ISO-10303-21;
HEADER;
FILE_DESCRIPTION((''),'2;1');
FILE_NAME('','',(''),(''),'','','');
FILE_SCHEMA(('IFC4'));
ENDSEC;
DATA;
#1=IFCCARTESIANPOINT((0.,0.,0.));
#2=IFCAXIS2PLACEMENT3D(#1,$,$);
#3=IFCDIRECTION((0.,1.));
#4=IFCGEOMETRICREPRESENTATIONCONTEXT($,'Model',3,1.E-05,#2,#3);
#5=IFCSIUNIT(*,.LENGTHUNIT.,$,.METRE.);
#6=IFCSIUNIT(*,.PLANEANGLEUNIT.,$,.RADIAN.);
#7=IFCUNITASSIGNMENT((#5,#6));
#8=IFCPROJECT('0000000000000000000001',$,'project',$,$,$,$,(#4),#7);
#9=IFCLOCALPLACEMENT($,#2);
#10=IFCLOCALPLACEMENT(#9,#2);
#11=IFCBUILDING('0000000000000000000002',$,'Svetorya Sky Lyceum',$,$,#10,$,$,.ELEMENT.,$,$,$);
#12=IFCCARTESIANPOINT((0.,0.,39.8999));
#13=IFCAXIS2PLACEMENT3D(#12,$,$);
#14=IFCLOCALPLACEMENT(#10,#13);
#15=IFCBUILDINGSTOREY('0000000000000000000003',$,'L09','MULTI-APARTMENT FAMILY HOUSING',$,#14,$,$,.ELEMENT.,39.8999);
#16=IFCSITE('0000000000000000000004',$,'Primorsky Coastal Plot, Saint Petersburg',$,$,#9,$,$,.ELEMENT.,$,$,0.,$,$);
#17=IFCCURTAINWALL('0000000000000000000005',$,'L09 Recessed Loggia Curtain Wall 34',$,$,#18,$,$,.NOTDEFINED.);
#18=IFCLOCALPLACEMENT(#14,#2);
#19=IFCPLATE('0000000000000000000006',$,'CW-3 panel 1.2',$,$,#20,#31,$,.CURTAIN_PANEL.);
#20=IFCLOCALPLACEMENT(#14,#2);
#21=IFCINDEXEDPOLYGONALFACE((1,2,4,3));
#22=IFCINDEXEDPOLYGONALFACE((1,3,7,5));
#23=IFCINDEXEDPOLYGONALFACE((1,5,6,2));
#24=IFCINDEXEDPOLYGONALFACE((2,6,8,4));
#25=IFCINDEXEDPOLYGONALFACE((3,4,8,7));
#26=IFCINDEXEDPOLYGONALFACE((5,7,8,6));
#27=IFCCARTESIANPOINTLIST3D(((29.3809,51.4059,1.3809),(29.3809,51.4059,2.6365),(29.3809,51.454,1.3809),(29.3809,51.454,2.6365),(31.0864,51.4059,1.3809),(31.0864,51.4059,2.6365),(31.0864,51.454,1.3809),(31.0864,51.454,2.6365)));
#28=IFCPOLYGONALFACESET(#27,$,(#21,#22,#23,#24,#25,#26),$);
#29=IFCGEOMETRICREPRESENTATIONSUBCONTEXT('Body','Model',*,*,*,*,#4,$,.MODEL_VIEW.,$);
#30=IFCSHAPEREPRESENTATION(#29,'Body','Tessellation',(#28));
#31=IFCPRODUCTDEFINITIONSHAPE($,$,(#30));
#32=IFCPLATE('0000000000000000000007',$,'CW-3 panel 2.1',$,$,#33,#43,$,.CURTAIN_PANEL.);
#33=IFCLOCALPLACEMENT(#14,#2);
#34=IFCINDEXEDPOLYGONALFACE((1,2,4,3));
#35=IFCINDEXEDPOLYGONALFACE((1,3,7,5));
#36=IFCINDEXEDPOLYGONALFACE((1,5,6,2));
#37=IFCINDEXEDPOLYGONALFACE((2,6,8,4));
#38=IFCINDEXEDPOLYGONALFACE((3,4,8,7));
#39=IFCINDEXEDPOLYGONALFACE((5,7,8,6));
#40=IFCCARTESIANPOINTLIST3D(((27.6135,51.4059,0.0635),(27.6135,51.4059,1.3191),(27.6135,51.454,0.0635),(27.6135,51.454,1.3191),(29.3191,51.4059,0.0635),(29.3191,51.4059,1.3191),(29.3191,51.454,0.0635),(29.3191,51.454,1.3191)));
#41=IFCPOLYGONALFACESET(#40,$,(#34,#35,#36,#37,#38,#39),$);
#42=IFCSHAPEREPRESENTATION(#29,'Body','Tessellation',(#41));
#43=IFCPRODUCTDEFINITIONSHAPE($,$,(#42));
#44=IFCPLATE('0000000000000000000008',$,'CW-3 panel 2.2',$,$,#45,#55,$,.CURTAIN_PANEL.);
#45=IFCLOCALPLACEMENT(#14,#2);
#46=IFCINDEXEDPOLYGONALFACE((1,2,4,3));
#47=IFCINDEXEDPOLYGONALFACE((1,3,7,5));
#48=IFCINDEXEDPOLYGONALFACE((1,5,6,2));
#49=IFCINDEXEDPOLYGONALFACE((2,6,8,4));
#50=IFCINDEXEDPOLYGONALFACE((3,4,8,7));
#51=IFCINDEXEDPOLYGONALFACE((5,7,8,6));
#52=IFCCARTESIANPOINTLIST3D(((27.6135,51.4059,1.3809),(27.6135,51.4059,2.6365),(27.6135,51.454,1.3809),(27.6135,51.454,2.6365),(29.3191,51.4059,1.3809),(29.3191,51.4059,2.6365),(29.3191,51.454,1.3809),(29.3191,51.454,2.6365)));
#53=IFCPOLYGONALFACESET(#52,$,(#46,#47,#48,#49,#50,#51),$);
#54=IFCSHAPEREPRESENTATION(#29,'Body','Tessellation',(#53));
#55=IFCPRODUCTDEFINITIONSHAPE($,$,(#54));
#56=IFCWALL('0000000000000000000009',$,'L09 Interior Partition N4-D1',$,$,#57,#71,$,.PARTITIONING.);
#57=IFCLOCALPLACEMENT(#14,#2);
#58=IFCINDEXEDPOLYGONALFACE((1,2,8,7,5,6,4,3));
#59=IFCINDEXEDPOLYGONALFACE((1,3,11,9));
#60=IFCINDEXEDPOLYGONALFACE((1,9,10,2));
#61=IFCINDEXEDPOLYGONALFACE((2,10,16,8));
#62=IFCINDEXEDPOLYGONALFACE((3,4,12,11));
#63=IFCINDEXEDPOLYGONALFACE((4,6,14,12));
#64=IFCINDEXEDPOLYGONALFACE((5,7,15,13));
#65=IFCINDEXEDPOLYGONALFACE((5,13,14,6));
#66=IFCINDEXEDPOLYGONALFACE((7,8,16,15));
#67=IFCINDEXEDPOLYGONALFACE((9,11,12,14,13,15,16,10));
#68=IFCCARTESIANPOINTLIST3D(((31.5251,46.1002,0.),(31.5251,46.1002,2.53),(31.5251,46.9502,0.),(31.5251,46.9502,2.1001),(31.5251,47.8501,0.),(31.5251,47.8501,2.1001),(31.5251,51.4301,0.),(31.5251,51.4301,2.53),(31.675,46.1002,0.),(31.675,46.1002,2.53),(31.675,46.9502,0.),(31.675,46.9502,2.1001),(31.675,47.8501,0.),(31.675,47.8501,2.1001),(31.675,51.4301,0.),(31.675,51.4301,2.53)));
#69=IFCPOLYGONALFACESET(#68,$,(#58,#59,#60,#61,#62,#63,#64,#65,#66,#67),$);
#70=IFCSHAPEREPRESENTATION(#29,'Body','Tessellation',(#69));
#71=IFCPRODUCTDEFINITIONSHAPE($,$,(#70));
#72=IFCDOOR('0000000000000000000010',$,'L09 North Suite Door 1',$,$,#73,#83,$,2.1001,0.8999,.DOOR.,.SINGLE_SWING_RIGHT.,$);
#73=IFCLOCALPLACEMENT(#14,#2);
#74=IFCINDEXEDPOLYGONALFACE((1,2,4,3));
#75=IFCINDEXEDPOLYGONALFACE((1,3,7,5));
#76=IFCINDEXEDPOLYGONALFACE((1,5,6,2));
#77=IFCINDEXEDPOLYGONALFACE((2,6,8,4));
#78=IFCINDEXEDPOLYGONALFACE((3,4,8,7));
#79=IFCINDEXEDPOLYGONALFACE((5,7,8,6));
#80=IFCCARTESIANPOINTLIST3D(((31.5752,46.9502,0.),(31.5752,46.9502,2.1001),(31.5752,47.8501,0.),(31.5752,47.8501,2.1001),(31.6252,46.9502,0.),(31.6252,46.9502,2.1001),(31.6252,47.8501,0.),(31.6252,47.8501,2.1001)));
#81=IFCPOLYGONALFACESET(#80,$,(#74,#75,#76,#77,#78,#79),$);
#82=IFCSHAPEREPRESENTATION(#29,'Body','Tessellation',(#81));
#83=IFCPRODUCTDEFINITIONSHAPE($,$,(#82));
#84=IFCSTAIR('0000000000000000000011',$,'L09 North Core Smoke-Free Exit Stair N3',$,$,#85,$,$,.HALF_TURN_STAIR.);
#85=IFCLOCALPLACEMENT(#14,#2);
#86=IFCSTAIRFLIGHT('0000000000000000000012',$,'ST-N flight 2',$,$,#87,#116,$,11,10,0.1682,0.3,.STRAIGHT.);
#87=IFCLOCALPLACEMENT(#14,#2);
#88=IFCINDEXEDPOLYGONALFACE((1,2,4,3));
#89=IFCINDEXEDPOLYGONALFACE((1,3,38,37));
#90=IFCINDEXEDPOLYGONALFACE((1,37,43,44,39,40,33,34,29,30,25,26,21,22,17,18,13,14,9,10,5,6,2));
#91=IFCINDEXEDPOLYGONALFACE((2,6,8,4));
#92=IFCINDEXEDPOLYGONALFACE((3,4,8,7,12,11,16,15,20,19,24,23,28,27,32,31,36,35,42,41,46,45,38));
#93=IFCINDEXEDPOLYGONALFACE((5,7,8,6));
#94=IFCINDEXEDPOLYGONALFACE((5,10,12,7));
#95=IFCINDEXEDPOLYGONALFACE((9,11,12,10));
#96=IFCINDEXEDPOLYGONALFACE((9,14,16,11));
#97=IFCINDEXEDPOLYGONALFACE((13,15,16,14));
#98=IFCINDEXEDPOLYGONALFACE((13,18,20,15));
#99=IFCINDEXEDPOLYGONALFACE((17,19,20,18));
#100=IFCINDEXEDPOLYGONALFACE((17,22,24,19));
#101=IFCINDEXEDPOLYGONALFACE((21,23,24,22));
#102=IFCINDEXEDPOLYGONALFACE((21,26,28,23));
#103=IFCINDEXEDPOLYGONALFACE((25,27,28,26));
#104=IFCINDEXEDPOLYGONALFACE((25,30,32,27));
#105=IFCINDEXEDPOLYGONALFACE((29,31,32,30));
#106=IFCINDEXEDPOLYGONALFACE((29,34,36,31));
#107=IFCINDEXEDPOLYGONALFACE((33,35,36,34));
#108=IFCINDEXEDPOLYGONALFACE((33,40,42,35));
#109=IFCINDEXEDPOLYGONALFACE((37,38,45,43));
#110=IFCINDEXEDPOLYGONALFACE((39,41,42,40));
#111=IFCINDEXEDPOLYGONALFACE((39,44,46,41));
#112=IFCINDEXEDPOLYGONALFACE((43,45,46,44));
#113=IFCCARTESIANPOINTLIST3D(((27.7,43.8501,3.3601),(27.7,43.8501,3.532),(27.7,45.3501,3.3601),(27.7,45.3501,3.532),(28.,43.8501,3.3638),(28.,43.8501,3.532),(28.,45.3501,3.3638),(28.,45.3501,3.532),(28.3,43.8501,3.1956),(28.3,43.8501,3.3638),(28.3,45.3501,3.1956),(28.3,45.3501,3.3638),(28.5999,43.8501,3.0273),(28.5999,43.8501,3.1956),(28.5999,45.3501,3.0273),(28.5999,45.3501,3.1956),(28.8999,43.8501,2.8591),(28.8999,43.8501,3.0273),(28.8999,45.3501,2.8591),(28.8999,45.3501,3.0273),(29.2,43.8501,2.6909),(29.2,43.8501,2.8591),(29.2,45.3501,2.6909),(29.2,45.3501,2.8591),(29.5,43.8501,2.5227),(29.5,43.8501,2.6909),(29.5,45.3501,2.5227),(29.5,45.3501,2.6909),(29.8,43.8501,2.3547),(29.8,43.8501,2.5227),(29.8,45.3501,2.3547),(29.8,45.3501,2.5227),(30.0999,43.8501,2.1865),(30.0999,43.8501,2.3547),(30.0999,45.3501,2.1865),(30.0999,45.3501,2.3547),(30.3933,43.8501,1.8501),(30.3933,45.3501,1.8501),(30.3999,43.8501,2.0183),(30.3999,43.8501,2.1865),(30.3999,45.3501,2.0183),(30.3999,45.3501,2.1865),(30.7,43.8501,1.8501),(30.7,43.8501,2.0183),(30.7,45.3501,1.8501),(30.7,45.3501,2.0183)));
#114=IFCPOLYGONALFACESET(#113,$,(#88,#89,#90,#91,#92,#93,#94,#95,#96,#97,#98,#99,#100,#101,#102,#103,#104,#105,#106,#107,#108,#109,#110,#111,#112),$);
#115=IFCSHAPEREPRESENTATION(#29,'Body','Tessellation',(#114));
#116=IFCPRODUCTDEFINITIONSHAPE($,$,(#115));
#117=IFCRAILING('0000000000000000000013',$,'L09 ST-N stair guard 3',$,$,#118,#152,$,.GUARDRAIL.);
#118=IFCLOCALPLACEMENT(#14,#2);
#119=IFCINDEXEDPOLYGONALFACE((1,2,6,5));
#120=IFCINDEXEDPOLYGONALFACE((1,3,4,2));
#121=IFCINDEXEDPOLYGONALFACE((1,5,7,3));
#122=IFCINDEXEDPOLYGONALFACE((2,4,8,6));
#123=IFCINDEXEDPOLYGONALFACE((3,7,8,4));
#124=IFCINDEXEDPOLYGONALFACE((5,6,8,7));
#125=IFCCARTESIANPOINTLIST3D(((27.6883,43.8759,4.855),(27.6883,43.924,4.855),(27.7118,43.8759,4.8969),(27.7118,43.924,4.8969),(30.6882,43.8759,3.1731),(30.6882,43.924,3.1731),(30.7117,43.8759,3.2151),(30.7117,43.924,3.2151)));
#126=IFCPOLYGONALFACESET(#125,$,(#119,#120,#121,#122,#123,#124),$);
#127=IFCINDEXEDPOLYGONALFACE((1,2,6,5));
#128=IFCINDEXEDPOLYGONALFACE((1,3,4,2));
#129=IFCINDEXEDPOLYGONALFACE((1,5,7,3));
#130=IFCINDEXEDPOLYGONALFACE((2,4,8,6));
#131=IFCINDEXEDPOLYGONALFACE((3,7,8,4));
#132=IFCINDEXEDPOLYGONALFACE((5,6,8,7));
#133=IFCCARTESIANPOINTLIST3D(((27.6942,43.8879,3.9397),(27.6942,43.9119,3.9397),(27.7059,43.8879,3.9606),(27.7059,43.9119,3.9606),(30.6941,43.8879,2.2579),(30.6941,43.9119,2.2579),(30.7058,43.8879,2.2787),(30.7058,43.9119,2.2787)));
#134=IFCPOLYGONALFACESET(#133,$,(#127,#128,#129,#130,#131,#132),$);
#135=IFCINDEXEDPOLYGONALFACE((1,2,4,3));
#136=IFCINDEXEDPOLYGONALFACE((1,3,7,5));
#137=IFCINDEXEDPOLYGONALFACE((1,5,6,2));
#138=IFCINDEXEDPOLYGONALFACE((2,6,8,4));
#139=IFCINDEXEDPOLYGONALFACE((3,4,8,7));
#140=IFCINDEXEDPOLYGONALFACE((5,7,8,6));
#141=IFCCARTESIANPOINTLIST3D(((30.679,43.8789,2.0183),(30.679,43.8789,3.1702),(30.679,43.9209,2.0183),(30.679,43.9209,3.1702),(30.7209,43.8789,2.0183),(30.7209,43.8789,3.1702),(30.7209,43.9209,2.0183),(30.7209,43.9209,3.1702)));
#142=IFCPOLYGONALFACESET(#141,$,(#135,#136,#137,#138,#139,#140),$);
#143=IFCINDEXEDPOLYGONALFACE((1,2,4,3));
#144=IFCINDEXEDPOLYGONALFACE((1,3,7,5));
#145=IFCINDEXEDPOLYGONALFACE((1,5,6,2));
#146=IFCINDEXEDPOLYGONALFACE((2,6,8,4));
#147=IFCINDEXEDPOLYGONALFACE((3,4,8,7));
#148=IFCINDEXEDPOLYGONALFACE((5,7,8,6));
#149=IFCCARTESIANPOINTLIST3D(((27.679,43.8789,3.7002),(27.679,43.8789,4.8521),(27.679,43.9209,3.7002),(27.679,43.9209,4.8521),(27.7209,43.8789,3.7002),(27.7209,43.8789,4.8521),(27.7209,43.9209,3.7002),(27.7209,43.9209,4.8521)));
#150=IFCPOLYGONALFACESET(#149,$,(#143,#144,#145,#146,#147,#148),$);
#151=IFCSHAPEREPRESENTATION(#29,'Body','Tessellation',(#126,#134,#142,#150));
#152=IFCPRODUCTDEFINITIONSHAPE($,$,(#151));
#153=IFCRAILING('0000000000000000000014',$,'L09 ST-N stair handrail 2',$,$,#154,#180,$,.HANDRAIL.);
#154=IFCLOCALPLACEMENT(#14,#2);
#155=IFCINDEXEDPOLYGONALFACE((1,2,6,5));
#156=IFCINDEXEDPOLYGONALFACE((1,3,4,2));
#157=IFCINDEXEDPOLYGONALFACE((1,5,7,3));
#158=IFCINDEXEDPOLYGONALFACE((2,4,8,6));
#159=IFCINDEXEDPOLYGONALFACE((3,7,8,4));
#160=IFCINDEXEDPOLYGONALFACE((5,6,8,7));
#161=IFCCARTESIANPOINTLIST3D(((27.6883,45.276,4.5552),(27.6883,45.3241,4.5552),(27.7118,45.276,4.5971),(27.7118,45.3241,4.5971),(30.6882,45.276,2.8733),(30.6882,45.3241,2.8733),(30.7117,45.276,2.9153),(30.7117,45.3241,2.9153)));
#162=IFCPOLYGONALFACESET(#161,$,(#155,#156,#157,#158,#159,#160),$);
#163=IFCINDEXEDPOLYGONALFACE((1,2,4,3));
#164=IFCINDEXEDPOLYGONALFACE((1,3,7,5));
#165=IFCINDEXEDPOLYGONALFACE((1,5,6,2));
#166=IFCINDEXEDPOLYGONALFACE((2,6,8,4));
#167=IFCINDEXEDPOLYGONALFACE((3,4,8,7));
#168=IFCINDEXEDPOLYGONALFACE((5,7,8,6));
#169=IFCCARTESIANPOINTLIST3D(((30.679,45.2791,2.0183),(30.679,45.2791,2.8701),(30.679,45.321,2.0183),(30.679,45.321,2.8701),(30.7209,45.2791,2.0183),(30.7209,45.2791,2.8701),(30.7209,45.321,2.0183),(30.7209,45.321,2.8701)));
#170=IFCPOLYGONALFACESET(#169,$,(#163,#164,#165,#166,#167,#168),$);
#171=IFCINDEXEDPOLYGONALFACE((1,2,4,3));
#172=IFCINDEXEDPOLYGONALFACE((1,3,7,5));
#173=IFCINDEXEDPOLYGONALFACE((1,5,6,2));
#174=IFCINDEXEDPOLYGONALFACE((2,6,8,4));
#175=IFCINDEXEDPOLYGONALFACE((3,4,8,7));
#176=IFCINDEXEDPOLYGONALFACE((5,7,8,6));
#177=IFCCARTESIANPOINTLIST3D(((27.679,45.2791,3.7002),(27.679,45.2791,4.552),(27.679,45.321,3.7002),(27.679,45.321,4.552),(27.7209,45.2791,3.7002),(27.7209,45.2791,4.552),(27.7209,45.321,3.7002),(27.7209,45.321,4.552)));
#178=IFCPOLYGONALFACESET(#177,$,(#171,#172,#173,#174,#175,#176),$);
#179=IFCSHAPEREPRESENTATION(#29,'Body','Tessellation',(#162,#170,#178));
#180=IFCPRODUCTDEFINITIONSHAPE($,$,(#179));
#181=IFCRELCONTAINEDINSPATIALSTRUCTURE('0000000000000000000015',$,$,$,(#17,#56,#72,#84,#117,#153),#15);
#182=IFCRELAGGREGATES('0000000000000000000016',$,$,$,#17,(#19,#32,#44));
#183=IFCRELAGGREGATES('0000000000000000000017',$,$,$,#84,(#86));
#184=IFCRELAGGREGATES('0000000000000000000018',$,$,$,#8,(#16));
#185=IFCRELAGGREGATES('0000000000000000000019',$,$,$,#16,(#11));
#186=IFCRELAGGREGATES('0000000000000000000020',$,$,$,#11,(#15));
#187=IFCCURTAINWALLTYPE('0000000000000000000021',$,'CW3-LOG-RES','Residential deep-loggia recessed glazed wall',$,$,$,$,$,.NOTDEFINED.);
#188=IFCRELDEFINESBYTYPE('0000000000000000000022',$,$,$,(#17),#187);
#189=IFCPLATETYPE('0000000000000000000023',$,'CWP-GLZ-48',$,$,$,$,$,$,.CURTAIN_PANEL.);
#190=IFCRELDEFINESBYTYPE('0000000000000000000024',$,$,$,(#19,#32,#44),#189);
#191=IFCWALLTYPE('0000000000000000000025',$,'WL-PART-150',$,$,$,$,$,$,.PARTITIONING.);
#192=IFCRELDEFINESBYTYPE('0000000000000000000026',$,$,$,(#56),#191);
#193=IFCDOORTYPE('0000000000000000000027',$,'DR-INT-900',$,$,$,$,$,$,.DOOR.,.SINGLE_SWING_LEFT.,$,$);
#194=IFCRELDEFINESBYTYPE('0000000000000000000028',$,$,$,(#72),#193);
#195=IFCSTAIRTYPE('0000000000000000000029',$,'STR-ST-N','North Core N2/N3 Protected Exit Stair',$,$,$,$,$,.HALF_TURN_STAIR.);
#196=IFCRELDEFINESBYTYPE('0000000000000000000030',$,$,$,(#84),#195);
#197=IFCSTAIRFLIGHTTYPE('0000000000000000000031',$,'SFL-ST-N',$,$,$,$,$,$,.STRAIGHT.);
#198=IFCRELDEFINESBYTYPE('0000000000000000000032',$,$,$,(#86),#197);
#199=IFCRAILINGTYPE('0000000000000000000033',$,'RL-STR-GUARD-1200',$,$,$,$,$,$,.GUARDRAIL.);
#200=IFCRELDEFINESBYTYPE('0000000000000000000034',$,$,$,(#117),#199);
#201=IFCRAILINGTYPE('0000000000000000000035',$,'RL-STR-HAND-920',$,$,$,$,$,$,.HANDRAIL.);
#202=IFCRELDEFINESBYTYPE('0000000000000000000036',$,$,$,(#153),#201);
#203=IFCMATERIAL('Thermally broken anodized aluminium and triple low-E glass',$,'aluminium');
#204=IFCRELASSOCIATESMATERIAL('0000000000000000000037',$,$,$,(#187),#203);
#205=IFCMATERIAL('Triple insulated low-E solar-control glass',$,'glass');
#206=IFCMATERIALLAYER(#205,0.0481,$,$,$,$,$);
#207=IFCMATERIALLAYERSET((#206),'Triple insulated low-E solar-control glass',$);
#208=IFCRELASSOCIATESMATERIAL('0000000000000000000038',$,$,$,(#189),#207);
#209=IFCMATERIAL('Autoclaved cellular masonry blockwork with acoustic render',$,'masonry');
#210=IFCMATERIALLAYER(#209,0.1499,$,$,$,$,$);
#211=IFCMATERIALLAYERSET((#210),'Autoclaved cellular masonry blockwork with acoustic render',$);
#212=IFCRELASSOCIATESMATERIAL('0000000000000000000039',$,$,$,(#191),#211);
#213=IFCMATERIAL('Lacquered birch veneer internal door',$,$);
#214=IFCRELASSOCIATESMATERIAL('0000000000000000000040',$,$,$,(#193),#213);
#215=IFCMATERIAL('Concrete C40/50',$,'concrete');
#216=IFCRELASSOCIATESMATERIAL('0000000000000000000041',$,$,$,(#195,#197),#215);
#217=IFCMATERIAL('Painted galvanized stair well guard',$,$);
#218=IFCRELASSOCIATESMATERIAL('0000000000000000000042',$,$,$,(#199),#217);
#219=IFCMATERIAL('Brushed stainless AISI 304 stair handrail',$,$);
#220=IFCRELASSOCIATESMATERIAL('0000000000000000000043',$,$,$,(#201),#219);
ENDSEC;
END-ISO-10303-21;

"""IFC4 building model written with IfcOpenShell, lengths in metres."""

from ifc_helpers import new_model, si_unit, direction, frame, frame_2d, origin, origin_2d, place, context, subcontext, project, spatial, polyline, rectangle, outline, extrude, material, layer, layer_set, type_object, element, fill, aggregate, save


model = new_model("IFC4")

# Units and contexts
model_context = context("Model", 3, precision=1e-05, world=origin(), true_north=direction((0.0, 1.0)))
body_context = subcontext(model_context, "Body", "Model", "MODEL_VIEW")
ifc_project = project(units=[si_unit("LENGTHUNIT", "METRE"), si_unit("PLANEANGLEUNIT", "RADIAN")], contexts=[model_context])

# Site, building, storey
site_placement = place(None, origin())
site = spatial("IfcSite", under=ifc_project, at=site_placement, Name="Primorsky Coastal Plot, Saint Petersburg", CompositionType="ELEMENT", RefElevation=0.0)
building_placement = place(site_placement, origin())
building = spatial("IfcBuilding", under=site, at=building_placement, Name="Svetorya Sky Lyceum", CompositionType="ELEMENT")
storey_placement = place(building_placement, frame((0.0, 0.0, 39.8999)))
storey = spatial("IfcBuildingStorey", under=building, at=storey_placement, Name="L09", Description="MULTI-APARTMENT FAMILY HOUSING", CompositionType="ELEMENT", Elevation=39.8999)

# Curtain wall, plates
ifc_material_1 = material(Name="Thermally broken anodized aluminium and triple low-E glass", Category="aluminium")
curtain_wall_type = type_object("IfcCurtainWallType", Name="CW3-LOG-RES", Description="Residential deep-loggia recessed glazed wall", PredefinedType="NOTDEFINED", material=ifc_material_1)
curtain_wall_placement = place(storey_placement, origin())
curtain_wall = element("IfcCurtainWall", 1, at=curtain_wall_placement, inside=storey, type_object=curtain_wall_type, Name="L09 Recessed Loggia Curtain Wall 34", PredefinedType="NOTDEFINED")
ifc_material_2 = material(Name="Triple insulated low-E solar-control glass", Category="glass")
ifc_layer_1 = layer(ifc_material_2, 0.0481)
ifc_layer_set_1 = layer_set([ifc_layer_1], Name="Triple insulated low-E solar-control glass")
plate_type = type_object("IfcPlateType", Name="CWP-GLZ-48", PredefinedType="CURTAIN_PANEL", material=ifc_layer_set_1)
plate_1_placement = place(storey_placement, frame((30.2336, 51.4299, 1.3809), z_axis=(0.0, 0.0, 1.0), x_axis=(-1.0, 0.0, 0.0)))
plate_1 = element("IfcPlate", 2, at=plate_1_placement, type_object=plate_type, Name="CW-3 panel 1.2", PredefinedType="CURTAIN_PANEL", context=body_context, shape_type="SweptSolid", body=[
    extrude(rectangle(XDim=1.7056, YDim=0.0481, at=origin_2d()), origin(), (0.0, 0.0, 1.0), 1.2556),
])
plate_2_placement = place(storey_placement, frame((28.4663, 51.4299, 0.0635), z_axis=(0.0, 0.0, 1.0), x_axis=(-1.0, 0.0, 0.0)))
plate_2 = element("IfcPlate", 3, at=plate_2_placement, type_object=plate_type, Name="CW-3 panel 2.1", PredefinedType="CURTAIN_PANEL", context=body_context, shape_type="SweptSolid", body=[
    extrude(rectangle(XDim=1.7056, YDim=0.0481, at=origin_2d()), origin(), (0.0, 0.0, 1.0), 1.2556),
])
plate_3_placement = place(storey_placement, frame((28.4663, 51.4299, 1.3809), z_axis=(0.0, 0.0, 1.0), x_axis=(-1.0, 0.0, 0.0)))
plate_3 = element("IfcPlate", 4, at=plate_3_placement, type_object=plate_type, Name="CW-3 panel 2.2", PredefinedType="CURTAIN_PANEL", context=body_context, shape_type="SweptSolid", body=[
    extrude(rectangle(XDim=1.7056, YDim=0.0481, at=origin_2d()), origin(), (0.0, 0.0, 1.0), 1.2556),
])
aggregate(curtain_wall, [plate_1, plate_2, plate_3])

# Wall, opening, door
ifc_material_3 = material(Name="Autoclaved cellular masonry blockwork with acoustic render", Category="masonry")
ifc_layer_2 = layer(ifc_material_3, 0.1499)
ifc_layer_set_2 = layer_set([ifc_layer_2], Name="Autoclaved cellular masonry blockwork with acoustic render")
wall_type = type_object("IfcWallType", Name="WL-PART-150", PredefinedType="PARTITIONING", material=ifc_layer_set_2)
wall_placement = place(storey_placement, frame((31.6001, 46.1001, 0.0), z_axis=(0.0, 0.0, 1.0), x_axis=(0.0, 1.0, 0.0)))
wall = element("IfcWall", 5, at=wall_placement, inside=storey, type_object=wall_type, Name="L09 Interior Partition N4-D1", PredefinedType="PARTITIONING", context=body_context, shape_type="SweptSolid", body=[
    extrude(rectangle(XDim=5.3298, YDim=0.1499, at=frame_2d((2.665, 0.0))), origin(), (0.0, 0.0, 1.0), 2.53),
])
opening_placement = place(wall_placement, frame((0.8501, 0.0, 0.0)))
opening = element("IfcOpeningElement", 6, at=opening_placement, cuts=wall, PredefinedType="OPENING", context=body_context, shape_type="SweptSolid", body=[
    extrude(rectangle(XDim=0.8999, YDim=2.1001, at=frame_2d((0.45, 1.05))), frame((0.0, 0.085, 0.0), z_axis=(0.0, -1.0, 0.0), x_axis=(1.0, 0.0, 0.0)), (0.0, 0.0, 1.0), 0.1699),
])
ifc_material_4 = material(Name="Lacquered birch veneer internal door")
door_type = type_object("IfcDoorType", Name="DR-INT-900", OperationType="SINGLE_SWING_LEFT", PredefinedType="DOOR", material=ifc_material_4)
door_placement = place(opening_placement, origin())
door = element("IfcDoor", 7, at=door_placement, inside=storey, type_object=door_type, Name="L09 North Suite Door 1", OperationType="SINGLE_SWING_RIGHT", OverallHeight=2.1001, OverallWidth=0.8999, PredefinedType="DOOR", context=body_context, shape_type="SweptSolid", body=[
    extrude(rectangle(XDim=0.8999, YDim=2.1001, at=frame_2d((0.45, 1.05))), frame((0.0, 0.0249, 0.0), z_axis=(0.0, -1.0, 0.0), x_axis=(1.0, 0.0, 0.0)), (0.0, 0.0, 1.0), 0.05),
])
fill(opening, door)

# Stair, stair flight
ifc_material_5 = material(Name="Concrete C40/50", Category="concrete")
stair_type = type_object("IfcStairType", Name="STR-ST-N", Description="North Core N2/N3 Protected Exit Stair", PredefinedType="HALF_TURN_STAIR", material=ifc_material_5)
stair_placement = place(storey_placement, origin())
stair = element("IfcStair", 8, at=stair_placement, inside=storey, type_object=stair_type, Name="L09 North Core Smoke-Free Exit Stair N3", PredefinedType="HALF_TURN_STAIR")
stair_flight_type = type_object("IfcStairFlightType", Name="SFL-ST-N", PredefinedType="STRAIGHT", material=ifc_material_5)
stair_flight_placement = place(storey_placement, frame((30.7, 44.6001, 1.8501), z_axis=(0.0, 0.0, 1.0), x_axis=(-1.0, 0.0, 0.0)))
stair_flight = element("IfcStairFlight", 9, at=stair_flight_placement, type_object=stair_flight_type, Name="ST-N flight 2", NumberOfRisers=11, NumberOfTreads=10, PredefinedType="STRAIGHT", RiserHeight=0.1682, TreadLength=0.3, context=body_context, shape_type="SweptSolid", body=[
    extrude(outline(polyline([(0.0, 0.0), (0.0, 0.1682), (0.3, 0.1682), (0.3, 0.3364), (0.6001, 0.3364), (0.6001, 0.5046), (0.8999, 0.5046), (0.8999, 0.6726), (1.2, 0.6726), (1.2, 0.8408), (1.5, 0.8408), (1.5, 1.009), (1.8, 1.009), (1.8, 1.1772), (2.1001, 1.1772), (2.1001, 1.3455), (2.3999, 1.3455), (2.3999, 1.5137), (2.7, 1.5137), (2.7, 1.6819), (3.0, 1.6819), (3.0, 1.8501), (3.0, 1.51), (0.3066, 0.0), (0.0, 0.0)])), frame((0.0, 0.75, 0.0), z_axis=(0.0, -1.0, 0.0), x_axis=(1.0, 0.0, 0.0)), (0.0, 0.0, 1.0), 1.5),
])
aggregate(stair, [stair_flight])

# Railings
ifc_material_6 = material(Name="Painted galvanized stair well guard")
railing_type_1 = type_object("IfcRailingType", Name="RL-STR-GUARD-1200", PredefinedType="GUARDRAIL", material=ifc_material_6)
railing_1_placement = place(storey_placement, frame((30.7, 43.8999, 2.0183)))
element("IfcRailing", 10, at=railing_1_placement, inside=storey, type_object=railing_type_1, Name="L09 ST-N stair guard 3", PredefinedType="GUARDRAIL", context=body_context, shape_type="SweptSolid", body=[
    extrude(rectangle(XDim=0.0481, YDim=0.0481, at=origin_2d()), frame((0.0, 0.0, 1.1758), z_axis=(-0.872272, 0.0, 0.48902), x_axis=(0.0, -1.0, 0.0)), (0.0, 0.0, 1.0), 3.4392),
    extrude(rectangle(XDim=0.0239, YDim=0.0239, at=origin_2d()), frame((0.0, 0.0, 0.25), z_axis=(-0.872272, 0.0, 0.48902), x_axis=(0.0, -1.0, 0.0)), (0.0, 0.0, 1.0), 3.4392),
    extrude(rectangle(XDim=0.042, YDim=0.042, at=origin_2d()), origin(), (0.0, 0.0, 1.0), 1.1519),
    extrude(rectangle(XDim=0.042, YDim=0.042, at=origin_2d()), frame((-3.0, 0.0, 1.6819)), (0.0, 0.0, 1.0), 1.1519),
])
ifc_material_7 = material(Name="Brushed stainless AISI 304 stair handrail")
railing_type_2 = type_object("IfcRailingType", Name="RL-STR-HAND-920", PredefinedType="HANDRAIL", material=ifc_material_7)
railing_2_placement = place(storey_placement, frame((30.7, 45.3, 2.0183)))
element("IfcRailing", 11, at=railing_2_placement, inside=storey, type_object=railing_type_2, Name="L09 ST-N stair handrail 2", PredefinedType="HANDRAIL", context=body_context, shape_type="SweptSolid", body=[
    extrude(rectangle(XDim=0.0481, YDim=0.0481, at=origin_2d()), frame((0.0, 0.0, 0.876), z_axis=(-0.872272, 0.0, 0.48902), x_axis=(0.0, -1.0, 0.0)), (0.0, 0.0, 1.0), 3.4392),
    extrude(rectangle(XDim=0.042, YDim=0.042, at=origin_2d()), origin(), (0.0, 0.0, 1.0), 0.8518),
    extrude(rectangle(XDim=0.042, YDim=0.042, at=origin_2d()), frame((-3.0, 0.0, 1.6819)), (0.0, 0.0, 1.0), 0.8518),
])

save(model, "model.ifc")
